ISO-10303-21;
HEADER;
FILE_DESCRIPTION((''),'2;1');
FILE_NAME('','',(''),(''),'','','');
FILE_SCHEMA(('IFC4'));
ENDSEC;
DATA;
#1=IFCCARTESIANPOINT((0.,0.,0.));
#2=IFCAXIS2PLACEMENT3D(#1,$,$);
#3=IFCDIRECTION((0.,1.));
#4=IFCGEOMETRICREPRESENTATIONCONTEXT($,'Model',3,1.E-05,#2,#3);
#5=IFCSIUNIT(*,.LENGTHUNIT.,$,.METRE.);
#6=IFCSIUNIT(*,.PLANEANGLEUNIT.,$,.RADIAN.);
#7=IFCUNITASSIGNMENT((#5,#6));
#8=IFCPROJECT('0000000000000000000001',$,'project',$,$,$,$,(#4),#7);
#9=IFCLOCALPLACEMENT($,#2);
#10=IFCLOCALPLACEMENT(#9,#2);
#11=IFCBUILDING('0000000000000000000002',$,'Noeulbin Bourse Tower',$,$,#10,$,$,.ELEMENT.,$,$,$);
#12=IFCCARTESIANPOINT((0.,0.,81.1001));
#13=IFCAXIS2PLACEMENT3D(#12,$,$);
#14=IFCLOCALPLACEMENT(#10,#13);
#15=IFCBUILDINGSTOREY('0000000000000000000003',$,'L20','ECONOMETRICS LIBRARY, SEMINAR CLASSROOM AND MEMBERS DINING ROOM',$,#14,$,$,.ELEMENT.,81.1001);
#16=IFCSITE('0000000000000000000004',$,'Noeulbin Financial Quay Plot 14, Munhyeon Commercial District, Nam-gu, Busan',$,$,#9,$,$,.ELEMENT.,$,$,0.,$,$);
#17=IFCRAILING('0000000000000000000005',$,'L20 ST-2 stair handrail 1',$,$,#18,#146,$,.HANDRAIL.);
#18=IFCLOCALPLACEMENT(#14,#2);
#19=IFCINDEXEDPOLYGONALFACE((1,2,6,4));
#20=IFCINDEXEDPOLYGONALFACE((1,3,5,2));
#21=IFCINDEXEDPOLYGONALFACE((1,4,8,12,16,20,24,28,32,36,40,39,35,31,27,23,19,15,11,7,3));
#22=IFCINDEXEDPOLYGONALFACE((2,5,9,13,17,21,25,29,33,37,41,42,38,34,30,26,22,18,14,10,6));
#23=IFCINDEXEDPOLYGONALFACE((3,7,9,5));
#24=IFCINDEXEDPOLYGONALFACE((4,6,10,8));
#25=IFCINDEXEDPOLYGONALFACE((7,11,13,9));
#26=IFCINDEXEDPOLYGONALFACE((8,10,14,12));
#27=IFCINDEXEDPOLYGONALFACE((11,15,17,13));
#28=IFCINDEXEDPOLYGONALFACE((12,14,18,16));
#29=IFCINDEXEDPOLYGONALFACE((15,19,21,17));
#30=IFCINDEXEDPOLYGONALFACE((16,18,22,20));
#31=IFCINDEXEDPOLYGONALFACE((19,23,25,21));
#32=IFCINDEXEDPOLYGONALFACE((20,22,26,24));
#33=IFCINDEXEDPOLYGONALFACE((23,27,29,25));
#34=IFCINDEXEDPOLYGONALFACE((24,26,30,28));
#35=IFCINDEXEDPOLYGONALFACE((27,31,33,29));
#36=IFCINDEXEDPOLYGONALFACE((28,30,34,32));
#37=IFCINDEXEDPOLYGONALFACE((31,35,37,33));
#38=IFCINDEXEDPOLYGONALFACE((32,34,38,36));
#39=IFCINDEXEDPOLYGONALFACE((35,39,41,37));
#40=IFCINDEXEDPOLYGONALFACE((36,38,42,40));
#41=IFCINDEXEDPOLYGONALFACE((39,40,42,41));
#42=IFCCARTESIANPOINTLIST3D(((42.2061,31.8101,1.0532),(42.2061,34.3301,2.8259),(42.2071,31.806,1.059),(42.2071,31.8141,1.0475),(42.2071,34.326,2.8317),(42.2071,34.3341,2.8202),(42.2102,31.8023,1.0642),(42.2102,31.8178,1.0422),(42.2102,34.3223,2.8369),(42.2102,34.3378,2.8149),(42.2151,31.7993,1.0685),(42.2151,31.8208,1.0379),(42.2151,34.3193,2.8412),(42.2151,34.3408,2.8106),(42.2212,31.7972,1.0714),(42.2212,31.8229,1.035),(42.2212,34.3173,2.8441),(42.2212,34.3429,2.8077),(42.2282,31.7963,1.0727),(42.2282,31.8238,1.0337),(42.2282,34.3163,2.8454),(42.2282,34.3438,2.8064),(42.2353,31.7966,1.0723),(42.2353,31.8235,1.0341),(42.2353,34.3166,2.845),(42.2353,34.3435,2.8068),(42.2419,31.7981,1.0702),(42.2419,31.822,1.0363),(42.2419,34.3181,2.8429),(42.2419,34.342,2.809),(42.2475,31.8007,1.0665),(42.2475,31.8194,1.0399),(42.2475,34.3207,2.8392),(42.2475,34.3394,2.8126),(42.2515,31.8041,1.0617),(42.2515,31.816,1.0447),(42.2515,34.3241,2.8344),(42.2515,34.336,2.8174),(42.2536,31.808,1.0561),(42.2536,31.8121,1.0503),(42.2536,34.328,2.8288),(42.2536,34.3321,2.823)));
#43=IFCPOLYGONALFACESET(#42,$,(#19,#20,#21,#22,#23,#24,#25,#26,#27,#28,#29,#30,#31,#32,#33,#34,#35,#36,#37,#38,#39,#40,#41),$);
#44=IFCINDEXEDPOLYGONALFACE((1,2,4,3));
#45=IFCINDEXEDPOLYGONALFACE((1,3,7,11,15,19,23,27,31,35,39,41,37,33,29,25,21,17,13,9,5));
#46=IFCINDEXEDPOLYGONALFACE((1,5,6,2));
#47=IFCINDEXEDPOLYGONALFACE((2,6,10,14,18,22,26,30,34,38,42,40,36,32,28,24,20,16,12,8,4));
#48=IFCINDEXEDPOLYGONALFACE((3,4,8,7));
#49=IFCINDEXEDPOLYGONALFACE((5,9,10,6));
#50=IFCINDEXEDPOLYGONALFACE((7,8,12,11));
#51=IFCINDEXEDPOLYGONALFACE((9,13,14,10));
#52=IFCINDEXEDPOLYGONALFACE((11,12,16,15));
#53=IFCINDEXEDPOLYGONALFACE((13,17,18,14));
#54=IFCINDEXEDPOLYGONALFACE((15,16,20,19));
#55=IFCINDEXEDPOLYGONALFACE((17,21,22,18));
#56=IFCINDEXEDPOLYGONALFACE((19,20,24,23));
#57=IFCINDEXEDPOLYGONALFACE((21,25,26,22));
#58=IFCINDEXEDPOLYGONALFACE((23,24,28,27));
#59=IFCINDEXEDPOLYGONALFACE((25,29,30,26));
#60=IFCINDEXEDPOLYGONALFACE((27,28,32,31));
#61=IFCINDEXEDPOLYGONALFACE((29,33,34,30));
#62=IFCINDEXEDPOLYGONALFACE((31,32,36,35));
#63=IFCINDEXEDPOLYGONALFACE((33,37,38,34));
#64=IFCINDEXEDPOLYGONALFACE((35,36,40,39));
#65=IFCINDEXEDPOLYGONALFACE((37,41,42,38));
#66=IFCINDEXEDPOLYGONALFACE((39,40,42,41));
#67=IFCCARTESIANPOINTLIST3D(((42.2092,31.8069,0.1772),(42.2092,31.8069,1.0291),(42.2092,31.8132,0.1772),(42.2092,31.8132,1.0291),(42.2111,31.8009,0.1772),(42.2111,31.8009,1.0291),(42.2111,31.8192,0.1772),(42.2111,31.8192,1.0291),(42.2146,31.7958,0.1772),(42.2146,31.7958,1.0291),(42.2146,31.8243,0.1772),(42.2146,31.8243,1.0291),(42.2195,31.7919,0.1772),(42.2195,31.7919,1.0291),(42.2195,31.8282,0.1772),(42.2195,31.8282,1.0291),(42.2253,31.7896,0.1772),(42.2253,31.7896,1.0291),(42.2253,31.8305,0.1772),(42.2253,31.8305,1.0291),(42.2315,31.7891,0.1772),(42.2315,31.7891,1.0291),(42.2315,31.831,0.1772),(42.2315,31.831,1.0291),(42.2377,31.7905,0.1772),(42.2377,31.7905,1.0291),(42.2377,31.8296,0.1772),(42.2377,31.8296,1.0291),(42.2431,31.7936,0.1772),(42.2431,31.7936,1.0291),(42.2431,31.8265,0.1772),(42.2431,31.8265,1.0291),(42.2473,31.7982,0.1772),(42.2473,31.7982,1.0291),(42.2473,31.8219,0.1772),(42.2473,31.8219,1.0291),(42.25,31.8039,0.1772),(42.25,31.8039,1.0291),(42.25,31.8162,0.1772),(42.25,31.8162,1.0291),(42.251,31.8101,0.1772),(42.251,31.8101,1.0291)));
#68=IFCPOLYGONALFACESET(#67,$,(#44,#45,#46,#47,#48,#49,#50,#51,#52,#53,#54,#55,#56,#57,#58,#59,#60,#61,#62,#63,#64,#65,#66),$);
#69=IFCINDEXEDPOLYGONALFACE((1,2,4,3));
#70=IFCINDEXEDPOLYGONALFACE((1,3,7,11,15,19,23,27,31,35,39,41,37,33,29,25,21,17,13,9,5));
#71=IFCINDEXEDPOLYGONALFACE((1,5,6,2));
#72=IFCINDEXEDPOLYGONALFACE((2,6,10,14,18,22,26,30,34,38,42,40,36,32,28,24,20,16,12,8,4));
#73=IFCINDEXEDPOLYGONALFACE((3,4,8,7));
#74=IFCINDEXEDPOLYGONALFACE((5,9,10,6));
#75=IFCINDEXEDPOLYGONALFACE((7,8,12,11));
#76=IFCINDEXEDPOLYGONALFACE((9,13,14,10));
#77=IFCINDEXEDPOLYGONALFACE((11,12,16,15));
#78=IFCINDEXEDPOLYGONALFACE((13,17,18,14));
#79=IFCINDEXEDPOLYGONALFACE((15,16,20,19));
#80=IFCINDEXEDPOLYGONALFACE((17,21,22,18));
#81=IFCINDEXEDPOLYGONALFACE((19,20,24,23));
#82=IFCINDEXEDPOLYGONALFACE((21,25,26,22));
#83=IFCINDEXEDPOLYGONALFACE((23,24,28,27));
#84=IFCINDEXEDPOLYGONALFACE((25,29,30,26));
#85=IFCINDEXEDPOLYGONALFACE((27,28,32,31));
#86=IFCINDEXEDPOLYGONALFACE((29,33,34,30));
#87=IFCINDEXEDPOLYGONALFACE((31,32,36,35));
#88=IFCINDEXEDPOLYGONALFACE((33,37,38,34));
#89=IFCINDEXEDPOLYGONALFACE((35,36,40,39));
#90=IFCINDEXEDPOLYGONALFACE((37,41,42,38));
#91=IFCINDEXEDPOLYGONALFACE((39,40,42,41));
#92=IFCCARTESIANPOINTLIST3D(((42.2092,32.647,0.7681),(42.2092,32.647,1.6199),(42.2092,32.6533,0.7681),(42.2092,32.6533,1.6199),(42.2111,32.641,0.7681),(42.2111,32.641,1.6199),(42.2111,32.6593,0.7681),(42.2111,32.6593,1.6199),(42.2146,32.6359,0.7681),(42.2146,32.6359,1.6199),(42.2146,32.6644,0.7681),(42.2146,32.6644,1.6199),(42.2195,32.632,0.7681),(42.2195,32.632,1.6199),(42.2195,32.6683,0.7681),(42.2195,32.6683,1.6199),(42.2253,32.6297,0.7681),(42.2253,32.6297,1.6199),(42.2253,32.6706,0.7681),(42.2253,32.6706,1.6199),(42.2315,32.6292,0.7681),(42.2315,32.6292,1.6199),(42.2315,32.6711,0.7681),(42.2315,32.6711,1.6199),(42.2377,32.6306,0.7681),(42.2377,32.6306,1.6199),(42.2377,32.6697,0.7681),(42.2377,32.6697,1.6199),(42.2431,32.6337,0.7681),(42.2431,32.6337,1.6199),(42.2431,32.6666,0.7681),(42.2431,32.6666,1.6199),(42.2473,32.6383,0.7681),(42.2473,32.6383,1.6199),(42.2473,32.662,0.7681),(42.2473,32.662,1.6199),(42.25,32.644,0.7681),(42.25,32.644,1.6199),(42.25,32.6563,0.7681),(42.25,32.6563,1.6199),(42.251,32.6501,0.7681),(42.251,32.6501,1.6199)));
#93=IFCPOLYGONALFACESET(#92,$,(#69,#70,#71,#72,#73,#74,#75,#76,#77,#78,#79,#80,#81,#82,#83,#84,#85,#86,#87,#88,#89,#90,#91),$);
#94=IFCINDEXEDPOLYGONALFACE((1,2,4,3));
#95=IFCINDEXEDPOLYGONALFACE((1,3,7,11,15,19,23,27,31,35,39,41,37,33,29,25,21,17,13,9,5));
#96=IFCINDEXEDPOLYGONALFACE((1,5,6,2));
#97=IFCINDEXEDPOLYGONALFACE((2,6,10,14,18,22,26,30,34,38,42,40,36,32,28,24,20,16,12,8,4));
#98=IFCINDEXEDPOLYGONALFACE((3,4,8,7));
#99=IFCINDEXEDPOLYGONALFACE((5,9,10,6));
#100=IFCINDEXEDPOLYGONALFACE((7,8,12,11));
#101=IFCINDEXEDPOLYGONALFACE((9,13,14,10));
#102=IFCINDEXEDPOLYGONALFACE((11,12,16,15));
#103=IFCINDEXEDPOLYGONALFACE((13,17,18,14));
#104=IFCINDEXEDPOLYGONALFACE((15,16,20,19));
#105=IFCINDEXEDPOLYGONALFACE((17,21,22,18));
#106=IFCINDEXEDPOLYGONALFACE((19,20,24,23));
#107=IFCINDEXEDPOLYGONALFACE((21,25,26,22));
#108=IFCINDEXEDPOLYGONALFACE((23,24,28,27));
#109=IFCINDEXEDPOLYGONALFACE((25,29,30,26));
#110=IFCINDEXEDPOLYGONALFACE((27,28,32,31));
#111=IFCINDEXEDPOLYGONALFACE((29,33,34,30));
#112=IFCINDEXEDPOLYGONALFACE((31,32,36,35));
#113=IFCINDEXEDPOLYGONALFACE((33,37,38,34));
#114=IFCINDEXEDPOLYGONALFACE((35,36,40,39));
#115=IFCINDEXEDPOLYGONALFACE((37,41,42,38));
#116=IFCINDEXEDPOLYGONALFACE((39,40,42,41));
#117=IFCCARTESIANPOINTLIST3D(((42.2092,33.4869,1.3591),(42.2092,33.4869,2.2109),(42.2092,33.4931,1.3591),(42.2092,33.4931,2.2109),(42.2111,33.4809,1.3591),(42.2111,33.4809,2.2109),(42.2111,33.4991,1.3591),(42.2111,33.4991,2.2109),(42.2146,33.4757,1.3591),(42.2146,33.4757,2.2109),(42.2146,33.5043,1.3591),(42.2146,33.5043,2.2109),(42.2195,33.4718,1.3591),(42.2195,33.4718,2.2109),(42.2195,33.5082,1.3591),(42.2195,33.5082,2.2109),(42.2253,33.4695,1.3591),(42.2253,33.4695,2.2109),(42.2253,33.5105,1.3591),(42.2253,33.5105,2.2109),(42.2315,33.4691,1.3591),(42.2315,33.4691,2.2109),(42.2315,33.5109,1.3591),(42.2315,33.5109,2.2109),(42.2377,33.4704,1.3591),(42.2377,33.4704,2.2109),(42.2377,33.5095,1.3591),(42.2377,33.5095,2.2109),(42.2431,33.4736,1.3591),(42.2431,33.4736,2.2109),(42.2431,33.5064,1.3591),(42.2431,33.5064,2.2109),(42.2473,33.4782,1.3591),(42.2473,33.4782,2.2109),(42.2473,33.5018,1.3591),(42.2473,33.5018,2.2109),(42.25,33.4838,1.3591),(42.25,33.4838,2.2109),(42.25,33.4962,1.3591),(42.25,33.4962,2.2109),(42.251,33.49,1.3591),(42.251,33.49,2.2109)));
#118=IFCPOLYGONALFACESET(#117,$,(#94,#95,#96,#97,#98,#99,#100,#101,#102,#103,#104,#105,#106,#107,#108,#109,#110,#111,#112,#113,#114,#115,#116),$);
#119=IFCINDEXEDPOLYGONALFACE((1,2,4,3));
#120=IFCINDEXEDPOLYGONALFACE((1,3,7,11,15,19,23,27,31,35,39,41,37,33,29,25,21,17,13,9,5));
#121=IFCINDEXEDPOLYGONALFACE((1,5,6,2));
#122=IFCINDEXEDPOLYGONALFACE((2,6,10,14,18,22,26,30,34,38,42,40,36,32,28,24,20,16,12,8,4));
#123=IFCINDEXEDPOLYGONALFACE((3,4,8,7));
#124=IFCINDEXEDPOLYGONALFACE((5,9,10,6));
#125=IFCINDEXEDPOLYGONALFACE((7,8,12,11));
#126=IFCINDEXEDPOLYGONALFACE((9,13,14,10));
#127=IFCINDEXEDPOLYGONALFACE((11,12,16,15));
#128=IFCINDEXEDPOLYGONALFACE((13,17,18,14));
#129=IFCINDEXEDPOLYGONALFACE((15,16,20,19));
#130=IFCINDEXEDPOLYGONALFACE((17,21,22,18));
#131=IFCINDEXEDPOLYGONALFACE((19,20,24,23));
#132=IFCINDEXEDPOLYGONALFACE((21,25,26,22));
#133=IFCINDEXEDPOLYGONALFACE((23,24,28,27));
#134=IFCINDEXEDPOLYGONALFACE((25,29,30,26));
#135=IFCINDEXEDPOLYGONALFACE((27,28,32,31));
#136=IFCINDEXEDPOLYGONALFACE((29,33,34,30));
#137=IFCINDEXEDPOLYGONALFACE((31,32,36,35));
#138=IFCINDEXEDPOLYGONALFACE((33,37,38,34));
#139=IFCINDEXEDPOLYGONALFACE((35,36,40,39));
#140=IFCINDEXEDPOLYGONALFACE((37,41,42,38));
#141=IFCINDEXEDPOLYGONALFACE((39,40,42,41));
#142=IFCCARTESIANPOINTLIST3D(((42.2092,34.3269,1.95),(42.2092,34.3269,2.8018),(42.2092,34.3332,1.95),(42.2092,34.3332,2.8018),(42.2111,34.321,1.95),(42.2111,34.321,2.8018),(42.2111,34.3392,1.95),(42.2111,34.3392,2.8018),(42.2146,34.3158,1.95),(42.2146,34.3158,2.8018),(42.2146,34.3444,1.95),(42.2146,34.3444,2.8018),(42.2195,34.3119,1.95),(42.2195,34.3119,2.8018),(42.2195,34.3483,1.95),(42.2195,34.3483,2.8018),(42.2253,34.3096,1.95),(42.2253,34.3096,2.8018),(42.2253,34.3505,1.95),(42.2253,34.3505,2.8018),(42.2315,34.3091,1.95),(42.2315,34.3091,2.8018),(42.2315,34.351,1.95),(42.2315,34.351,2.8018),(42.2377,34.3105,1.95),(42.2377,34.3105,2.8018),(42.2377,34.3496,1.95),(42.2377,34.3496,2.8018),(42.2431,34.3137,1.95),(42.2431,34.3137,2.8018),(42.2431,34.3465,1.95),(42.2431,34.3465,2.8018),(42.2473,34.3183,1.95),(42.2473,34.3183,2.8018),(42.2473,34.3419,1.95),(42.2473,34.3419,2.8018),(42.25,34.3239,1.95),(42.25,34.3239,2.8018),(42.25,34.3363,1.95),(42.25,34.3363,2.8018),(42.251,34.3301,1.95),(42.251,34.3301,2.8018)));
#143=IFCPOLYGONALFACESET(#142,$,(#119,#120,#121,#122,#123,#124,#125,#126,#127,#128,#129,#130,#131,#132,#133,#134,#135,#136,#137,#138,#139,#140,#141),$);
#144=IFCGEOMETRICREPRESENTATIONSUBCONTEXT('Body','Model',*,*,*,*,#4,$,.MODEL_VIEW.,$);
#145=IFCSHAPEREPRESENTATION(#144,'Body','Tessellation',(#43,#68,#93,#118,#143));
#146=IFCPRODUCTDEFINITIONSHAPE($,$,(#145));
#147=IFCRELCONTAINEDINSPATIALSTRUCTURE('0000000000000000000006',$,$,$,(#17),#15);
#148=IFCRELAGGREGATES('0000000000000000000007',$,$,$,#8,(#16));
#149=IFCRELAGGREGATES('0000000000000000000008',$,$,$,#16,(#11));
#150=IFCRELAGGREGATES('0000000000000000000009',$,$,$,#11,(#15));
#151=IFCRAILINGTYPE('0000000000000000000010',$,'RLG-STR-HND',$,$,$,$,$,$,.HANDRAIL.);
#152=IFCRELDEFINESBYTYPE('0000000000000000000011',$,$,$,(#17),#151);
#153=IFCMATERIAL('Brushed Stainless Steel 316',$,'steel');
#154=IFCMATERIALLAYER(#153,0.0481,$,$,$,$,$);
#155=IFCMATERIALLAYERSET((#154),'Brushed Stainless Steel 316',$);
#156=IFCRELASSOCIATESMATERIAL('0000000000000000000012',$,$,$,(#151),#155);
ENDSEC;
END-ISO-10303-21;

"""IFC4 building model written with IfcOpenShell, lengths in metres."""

from ifc_helpers import new_model, si_unit, direction, frame, origin, origin_2d, place, context, subcontext, project, spatial, circle, extrude, material, layer, layer_set, type_object, element, save


model = new_model("IFC4")

# Units and contexts
model_context = context("Model", 3, precision=1e-05, world=origin(), true_north=direction((0.0, 1.0)))
body_context = subcontext(model_context, "Body", "Model", "MODEL_VIEW")
ifc_project = project(units=[si_unit("LENGTHUNIT", "METRE"), si_unit("PLANEANGLEUNIT", "RADIAN")], contexts=[model_context])

# Site, building, storey
site_placement = place(None, origin())
site = spatial("IfcSite", under=ifc_project, at=site_placement, Name="Noeulbin Financial Quay Plot 14, Munhyeon Commercial District, Nam-gu, Busan", CompositionType="ELEMENT", RefElevation=0.0)
building_placement = place(site_placement, origin())
building = spatial("IfcBuilding", under=site, at=building_placement, Name="Noeulbin Bourse Tower", CompositionType="ELEMENT")
storey_placement = place(building_placement, frame((0.0, 0.0, 81.1001)))
storey = spatial("IfcBuildingStorey", under=building, at=storey_placement, Name="L20", Description="ECONOMETRICS LIBRARY, SEMINAR CLASSROOM AND MEMBERS DINING ROOM", CompositionType="ELEMENT", Elevation=81.1001)

# Railing
ifc_material_1 = material(Name="Brushed Stainless Steel 316", Category="steel")
ifc_layer_1 = layer(ifc_material_1, 0.0481)
ifc_layer_set_1 = layer_set([ifc_layer_1], Name="Brushed Stainless Steel 316")
railing_type_1 = type_object("IfcRailingType", Name="RLG-STR-HND", PredefinedType="HANDRAIL", material=ifc_layer_set_1)
railing_1_placement = place(storey_placement, frame((42.23, 31.8101, 0.1772)))
element("IfcRailing", 1, at=railing_1_placement, inside=storey, type_object=railing_type_1, Name="L20 ST-2 stair handrail 1", PredefinedType="HANDRAIL", context=body_context, shape_type="SweptSolid", body=[
    extrude(circle(Radius=0.0239, at=origin_2d()), frame((0.0, 0.0, 0.876), z_axis=(0.0, 0.817904, 0.575354), x_axis=(-1.0, 0.0, 0.0)), (0.0, 0.0, 1.0), 3.0811),
    extrude(circle(Radius=0.021, at=origin_2d()), origin(), (0.0, 0.0, 1.0), 0.8518),
    extrude(circle(Radius=0.021, at=origin_2d()), frame((0.0, 0.8401, 0.5908)), (0.0, 0.0, 1.0), 0.8518),
    extrude(circle(Radius=0.021, at=origin_2d()), frame((0.0, 1.6799, 1.1819)), (0.0, 0.0, 1.0), 0.8518),
    extrude(circle(Radius=0.021, at=origin_2d()), frame((0.0, 2.52, 1.7727)), (0.0, 0.0, 1.0), 0.8518),
])

save(model, "model.ifc")
